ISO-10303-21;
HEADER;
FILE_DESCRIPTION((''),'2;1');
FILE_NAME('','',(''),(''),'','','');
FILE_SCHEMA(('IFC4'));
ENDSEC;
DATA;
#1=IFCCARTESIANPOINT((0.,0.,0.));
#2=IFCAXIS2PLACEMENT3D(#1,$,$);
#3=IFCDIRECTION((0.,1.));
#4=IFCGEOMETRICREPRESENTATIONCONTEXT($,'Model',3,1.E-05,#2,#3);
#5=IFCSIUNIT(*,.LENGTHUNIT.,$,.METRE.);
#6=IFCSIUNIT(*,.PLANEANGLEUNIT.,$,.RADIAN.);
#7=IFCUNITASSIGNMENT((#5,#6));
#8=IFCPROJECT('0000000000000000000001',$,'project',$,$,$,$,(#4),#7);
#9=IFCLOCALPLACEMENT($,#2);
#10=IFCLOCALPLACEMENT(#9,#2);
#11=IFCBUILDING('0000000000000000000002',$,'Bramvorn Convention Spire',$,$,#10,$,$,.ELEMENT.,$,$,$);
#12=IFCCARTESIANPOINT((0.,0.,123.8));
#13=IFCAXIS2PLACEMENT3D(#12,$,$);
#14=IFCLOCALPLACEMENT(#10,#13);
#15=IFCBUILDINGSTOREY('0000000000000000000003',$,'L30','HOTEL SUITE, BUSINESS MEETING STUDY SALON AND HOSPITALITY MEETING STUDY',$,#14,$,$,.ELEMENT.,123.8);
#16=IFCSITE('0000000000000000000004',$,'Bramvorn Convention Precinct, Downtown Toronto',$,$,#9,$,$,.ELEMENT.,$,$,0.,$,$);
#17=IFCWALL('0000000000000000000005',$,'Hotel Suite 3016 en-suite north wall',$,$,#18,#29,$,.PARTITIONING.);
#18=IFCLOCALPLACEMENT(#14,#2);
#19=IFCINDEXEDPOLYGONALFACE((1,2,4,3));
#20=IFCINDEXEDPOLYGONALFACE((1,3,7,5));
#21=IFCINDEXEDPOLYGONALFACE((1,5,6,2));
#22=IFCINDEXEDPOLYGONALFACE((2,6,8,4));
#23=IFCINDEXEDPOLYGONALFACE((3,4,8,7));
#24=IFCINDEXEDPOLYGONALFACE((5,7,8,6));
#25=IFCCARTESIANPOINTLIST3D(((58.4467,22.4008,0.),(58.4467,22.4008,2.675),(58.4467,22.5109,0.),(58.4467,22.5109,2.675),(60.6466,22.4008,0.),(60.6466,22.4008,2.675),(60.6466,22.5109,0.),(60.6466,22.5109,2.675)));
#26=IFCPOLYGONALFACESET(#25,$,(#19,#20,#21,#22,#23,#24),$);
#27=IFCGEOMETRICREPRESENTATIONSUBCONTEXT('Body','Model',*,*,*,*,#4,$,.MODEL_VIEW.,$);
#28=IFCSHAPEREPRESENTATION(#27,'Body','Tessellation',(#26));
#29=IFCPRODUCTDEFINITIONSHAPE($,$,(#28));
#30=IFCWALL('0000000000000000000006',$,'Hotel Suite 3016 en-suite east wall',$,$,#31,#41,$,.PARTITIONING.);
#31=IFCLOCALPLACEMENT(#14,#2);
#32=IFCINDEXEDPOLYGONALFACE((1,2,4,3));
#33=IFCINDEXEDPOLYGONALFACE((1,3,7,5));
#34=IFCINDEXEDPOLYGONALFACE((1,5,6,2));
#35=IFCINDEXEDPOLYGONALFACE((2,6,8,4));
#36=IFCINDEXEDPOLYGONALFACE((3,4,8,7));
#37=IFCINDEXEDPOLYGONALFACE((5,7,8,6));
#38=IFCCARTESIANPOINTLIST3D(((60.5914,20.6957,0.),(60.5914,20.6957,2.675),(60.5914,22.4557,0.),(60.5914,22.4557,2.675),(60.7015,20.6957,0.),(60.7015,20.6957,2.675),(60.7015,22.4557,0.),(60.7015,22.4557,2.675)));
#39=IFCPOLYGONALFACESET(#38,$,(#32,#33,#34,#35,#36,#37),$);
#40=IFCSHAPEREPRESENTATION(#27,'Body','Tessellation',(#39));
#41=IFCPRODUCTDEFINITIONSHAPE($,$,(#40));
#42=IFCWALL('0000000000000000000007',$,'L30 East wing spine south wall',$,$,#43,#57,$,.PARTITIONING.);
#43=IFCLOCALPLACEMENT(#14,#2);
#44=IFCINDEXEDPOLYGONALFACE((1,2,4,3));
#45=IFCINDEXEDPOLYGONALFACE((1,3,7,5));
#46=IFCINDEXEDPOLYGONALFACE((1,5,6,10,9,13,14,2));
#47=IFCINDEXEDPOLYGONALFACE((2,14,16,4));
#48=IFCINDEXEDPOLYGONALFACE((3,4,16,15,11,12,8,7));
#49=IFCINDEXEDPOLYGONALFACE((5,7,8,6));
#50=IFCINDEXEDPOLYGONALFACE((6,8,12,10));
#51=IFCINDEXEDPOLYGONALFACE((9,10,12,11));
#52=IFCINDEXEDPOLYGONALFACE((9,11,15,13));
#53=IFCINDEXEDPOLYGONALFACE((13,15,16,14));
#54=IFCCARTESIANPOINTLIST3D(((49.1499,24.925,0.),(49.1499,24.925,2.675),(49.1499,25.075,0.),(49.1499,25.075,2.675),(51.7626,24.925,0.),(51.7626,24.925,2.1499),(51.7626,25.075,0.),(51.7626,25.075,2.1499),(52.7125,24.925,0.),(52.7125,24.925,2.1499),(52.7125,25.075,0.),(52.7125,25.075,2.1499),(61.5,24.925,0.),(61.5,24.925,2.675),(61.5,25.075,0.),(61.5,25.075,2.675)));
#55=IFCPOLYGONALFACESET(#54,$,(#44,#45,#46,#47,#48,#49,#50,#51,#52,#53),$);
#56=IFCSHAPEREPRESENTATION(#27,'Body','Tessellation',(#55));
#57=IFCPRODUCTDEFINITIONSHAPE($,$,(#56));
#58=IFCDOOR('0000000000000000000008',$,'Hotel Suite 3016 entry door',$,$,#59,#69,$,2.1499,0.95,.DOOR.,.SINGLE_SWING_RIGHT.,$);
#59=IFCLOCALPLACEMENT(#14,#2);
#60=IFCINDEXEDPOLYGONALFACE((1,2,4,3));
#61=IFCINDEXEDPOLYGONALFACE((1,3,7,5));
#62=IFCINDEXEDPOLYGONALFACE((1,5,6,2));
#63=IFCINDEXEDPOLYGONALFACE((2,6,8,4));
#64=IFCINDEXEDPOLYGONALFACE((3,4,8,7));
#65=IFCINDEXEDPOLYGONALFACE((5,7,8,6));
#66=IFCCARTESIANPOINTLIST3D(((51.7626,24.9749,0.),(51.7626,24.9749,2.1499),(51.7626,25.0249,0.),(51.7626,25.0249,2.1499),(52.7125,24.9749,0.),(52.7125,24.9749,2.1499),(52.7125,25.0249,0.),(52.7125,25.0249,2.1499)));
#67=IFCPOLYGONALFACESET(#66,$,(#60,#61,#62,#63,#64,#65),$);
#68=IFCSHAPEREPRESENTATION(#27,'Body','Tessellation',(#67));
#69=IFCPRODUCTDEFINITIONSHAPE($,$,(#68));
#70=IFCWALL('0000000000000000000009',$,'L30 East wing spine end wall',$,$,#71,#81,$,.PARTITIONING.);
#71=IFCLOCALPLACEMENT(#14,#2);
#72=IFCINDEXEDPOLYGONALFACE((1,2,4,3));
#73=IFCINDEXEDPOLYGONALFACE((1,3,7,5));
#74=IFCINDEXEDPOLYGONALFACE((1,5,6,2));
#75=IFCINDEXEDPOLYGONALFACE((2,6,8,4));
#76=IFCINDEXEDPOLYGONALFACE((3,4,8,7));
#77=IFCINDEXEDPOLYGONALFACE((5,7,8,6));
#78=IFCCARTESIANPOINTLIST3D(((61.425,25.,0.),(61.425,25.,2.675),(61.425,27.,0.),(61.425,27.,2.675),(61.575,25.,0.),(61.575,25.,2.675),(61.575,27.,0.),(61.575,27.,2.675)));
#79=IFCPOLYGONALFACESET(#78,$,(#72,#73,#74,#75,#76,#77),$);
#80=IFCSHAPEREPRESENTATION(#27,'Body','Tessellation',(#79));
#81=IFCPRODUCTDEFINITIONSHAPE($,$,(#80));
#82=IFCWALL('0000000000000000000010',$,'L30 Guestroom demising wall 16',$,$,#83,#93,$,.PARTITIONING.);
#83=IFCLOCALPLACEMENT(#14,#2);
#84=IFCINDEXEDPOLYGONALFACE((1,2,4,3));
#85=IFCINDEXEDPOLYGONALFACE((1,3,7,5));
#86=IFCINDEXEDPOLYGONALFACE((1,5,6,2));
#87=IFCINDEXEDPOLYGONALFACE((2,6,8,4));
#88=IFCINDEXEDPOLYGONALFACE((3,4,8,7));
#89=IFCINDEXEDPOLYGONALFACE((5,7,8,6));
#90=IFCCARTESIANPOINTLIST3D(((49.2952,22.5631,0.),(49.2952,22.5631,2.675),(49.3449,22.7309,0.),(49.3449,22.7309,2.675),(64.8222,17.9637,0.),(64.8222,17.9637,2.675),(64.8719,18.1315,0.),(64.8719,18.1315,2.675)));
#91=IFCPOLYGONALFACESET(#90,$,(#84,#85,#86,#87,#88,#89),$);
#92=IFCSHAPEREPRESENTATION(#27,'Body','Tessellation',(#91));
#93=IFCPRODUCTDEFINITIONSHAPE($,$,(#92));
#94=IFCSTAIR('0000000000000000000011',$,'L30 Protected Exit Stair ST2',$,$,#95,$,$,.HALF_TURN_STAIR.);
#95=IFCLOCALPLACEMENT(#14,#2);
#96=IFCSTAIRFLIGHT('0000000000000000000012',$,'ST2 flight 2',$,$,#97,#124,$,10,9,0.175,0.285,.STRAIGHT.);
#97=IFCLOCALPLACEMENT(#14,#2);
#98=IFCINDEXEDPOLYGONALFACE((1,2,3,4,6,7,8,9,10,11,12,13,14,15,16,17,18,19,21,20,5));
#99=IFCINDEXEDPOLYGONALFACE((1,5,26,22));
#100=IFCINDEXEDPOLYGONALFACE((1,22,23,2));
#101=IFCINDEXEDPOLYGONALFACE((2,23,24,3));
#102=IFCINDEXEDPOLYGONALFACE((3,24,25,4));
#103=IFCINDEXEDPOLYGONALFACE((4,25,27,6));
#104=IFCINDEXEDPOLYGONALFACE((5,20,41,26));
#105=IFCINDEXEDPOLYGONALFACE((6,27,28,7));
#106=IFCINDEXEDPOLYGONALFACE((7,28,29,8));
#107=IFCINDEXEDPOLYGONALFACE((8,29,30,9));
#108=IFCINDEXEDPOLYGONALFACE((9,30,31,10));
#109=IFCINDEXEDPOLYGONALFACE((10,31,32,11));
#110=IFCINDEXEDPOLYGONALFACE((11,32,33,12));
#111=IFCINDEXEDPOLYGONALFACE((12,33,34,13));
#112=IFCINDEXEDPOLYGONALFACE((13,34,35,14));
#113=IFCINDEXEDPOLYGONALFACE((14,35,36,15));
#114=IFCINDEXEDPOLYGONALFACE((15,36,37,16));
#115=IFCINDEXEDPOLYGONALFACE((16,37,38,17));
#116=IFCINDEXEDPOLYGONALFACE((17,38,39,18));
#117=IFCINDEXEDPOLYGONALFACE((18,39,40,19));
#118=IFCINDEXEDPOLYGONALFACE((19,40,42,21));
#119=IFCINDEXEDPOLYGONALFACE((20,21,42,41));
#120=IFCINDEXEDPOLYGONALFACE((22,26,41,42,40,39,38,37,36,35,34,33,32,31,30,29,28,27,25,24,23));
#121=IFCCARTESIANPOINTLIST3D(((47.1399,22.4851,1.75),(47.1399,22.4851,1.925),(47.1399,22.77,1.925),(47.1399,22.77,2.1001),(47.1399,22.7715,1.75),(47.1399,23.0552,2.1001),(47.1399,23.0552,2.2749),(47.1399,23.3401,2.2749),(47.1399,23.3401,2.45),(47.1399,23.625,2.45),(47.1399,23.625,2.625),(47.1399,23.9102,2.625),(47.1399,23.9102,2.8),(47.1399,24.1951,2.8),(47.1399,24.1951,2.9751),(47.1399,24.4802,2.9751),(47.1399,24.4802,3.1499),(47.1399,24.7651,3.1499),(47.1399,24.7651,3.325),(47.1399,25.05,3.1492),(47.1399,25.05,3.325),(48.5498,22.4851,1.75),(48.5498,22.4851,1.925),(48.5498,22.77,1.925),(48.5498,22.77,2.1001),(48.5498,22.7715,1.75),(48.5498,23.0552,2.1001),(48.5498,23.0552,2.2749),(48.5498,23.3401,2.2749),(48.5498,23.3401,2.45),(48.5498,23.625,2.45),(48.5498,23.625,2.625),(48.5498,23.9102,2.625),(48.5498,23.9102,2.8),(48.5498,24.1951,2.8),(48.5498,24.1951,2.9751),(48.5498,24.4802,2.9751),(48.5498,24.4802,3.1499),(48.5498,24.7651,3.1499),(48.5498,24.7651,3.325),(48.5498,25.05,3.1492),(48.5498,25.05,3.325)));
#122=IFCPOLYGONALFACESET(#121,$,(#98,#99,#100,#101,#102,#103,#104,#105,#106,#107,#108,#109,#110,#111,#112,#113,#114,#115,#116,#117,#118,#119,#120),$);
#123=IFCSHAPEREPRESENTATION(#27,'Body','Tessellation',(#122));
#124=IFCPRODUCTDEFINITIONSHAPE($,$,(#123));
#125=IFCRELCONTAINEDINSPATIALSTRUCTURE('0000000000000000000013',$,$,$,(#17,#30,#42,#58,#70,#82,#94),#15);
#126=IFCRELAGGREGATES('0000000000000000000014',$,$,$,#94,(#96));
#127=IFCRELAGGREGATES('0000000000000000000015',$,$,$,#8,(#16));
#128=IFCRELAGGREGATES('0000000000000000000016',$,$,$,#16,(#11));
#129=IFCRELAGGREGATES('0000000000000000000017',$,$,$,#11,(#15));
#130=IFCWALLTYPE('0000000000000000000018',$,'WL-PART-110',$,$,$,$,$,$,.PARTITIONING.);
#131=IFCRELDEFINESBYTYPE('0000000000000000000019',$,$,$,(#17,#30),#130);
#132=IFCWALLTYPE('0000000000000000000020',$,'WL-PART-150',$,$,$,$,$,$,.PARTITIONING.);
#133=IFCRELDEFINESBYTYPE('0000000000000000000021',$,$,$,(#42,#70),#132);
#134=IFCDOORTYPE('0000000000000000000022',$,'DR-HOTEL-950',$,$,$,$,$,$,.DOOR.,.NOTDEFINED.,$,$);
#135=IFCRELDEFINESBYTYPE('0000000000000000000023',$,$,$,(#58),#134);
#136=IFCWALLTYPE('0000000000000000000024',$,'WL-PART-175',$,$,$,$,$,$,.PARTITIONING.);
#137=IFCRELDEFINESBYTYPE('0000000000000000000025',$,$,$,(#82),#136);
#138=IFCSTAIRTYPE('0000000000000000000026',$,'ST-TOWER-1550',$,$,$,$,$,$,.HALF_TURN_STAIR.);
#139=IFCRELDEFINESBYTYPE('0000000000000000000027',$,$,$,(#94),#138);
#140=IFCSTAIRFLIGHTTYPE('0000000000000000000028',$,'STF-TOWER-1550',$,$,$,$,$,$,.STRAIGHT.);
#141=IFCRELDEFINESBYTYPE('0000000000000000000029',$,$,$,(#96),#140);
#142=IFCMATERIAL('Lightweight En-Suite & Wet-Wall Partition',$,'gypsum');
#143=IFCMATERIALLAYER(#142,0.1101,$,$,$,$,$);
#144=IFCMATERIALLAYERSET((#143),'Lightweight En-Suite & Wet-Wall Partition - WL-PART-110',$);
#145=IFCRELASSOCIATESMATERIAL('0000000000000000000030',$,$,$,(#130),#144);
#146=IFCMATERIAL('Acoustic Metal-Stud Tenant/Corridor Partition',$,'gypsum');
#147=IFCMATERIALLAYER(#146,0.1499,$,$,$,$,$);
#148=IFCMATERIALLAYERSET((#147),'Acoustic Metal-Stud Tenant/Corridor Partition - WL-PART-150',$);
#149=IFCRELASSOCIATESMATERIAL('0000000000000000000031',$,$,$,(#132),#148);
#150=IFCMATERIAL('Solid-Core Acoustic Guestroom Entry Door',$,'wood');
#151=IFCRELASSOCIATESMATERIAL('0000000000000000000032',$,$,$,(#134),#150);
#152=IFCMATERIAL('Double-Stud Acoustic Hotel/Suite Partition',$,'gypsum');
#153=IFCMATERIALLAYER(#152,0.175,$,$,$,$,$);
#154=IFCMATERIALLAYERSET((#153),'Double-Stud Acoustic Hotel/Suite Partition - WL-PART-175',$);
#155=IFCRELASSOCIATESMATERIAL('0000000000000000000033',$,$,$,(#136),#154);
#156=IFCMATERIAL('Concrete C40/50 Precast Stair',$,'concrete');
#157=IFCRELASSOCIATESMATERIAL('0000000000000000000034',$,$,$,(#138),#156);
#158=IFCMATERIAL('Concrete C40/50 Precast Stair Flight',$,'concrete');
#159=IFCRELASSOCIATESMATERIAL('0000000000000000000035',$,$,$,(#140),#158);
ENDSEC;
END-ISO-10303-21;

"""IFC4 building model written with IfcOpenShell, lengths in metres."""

from ifc_helpers import new_model, si_unit, direction, frame, frame_2d, origin, place, context, subcontext, project, spatial, polyline, rectangle, outline, extrude, material, layer, layer_set, type_object, element, fill, aggregate, save


model = new_model("IFC4")

# Units and contexts
model_context = context("Model", 3, precision=1e-05, world=origin(), true_north=direction((0.0, 1.0)))
body_context = subcontext(model_context, "Body", "Model", "MODEL_VIEW")
ifc_project = project(units=[si_unit("LENGTHUNIT", "METRE"), si_unit("PLANEANGLEUNIT", "RADIAN")], contexts=[model_context])

# Site, building, storey
site_placement = place(None, origin())
site = spatial("IfcSite", under=ifc_project, at=site_placement, Name="Bramvorn Convention Precinct, Downtown Toronto", CompositionType="ELEMENT", RefElevation=0.0)
building_placement = place(site_placement, origin())
building = spatial("IfcBuilding", under=site, at=building_placement, Name="Bramvorn Convention Spire", CompositionType="ELEMENT")
storey_placement = place(building_placement, frame((0.0, 0.0, 123.8)))
storey = spatial("IfcBuildingStorey", under=building, at=storey_placement, Name="L30", Description="HOTEL SUITE, BUSINESS MEETING STUDY SALON AND HOSPITALITY MEETING STUDY", CompositionType="ELEMENT", Elevation=123.8)

# Walls
ifc_material_1 = material(Name="Lightweight En-Suite & Wet-Wall Partition", Category="gypsum")
ifc_layer_1 = layer(ifc_material_1, 0.1101)
ifc_layer_set_1 = layer_set([ifc_layer_1], Name="Lightweight En-Suite & Wet-Wall Partition - WL-PART-110")
wall_type_1 = type_object("IfcWallType", Name="WL-PART-110", PredefinedType="PARTITIONING", material=ifc_layer_set_1)
wall_1_placement = place(storey_placement, frame((58.4465, 22.4558, 0.0), z_axis=(0.0, 0.0, 1.0), x_axis=(1.0, 0.0, 0.0)))
element("IfcWall", 1, at=wall_1_placement, inside=storey, type_object=wall_type_1, Name="Hotel Suite 3016 en-suite north wall", PredefinedType="PARTITIONING", context=body_context, shape_type="SweptSolid", body=[
    extrude(rectangle(XDim=2.2, YDim=0.1101, at=frame_2d((1.1001, 0.0))), origin(), (0.0, 0.0, 1.0), 2.675),
])
wall_2_placement = place(storey_placement, frame((60.6465, 20.6958, 0.0), z_axis=(0.0, 0.0, 1.0), x_axis=(0.0, 1.0, 0.0)))
element("IfcWall", 2, at=wall_2_placement, inside=storey, type_object=wall_type_1, Name="Hotel Suite 3016 en-suite east wall", PredefinedType="PARTITIONING", context=body_context, shape_type="SweptSolid", body=[
    extrude(rectangle(XDim=1.76, YDim=0.1101, at=frame_2d((0.8799, 0.0))), origin(), (0.0, 0.0, 1.0), 2.675),
])

# Wall, opening, door
ifc_material_2 = material(Name="Acoustic Metal-Stud Tenant/Corridor Partition", Category="gypsum")
ifc_layer_2 = layer(ifc_material_2, 0.1499)
ifc_layer_set_2 = layer_set([ifc_layer_2], Name="Acoustic Metal-Stud Tenant/Corridor Partition - WL-PART-150")
wall_type_2 = type_object("IfcWallType", Name="WL-PART-150", PredefinedType="PARTITIONING", material=ifc_layer_set_2)
wall_3_placement = place(storey_placement, frame((49.1499, 25.0, 0.0), z_axis=(0.0, 0.0, 1.0), x_axis=(1.0, 0.0, 0.0)))
wall_3 = element("IfcWall", 3, at=wall_3_placement, inside=storey, type_object=wall_type_2, Name="L30 East wing spine south wall", PredefinedType="PARTITIONING", context=body_context, shape_type="SweptSolid", body=[
    extrude(rectangle(XDim=12.3501, YDim=0.1499, at=frame_2d((6.175, 0.0))), origin(), (0.0, 0.0, 1.0), 2.675),
])
opening_placement = place(wall_3_placement, frame((2.6125, 0.0, 0.0)))
opening = element("IfcOpeningElement", 4, at=opening_placement, cuts=wall_3, PredefinedType="OPENING", context=body_context, shape_type="SweptSolid", body=[
    extrude(rectangle(XDim=0.95, YDim=2.1499, at=frame_2d((0.4751, 1.075))), frame((0.0, 0.085, 0.0), z_axis=(0.0, -1.0, 0.0), x_axis=(1.0, 0.0, 0.0)), (0.0, 0.0, 1.0), 0.1699),
])
ifc_material_3 = material(Name="Solid-Core Acoustic Guestroom Entry Door", Category="wood")
door_type = type_object("IfcDoorType", Name="DR-HOTEL-950", OperationType="NOTDEFINED", PredefinedType="DOOR", material=ifc_material_3)
door_placement = place(opening_placement, origin())
door = element("IfcDoor", 5, at=door_placement, inside=storey, type_object=door_type, Name="Hotel Suite 3016 entry door", OperationType="SINGLE_SWING_RIGHT", OverallHeight=2.1499, OverallWidth=0.95, PredefinedType="DOOR", context=body_context, shape_type="SweptSolid", body=[
    extrude(rectangle(XDim=0.95, YDim=2.1499, at=frame_2d((0.4751, 1.075))), frame((0.0, 0.0249, 0.0), z_axis=(0.0, -1.0, 0.0), x_axis=(1.0, 0.0, 0.0)), (0.0, 0.0, 1.0), 0.05),
])
fill(opening, door)

# Walls
wall_4_placement = place(storey_placement, frame((61.5, 25.0, 0.0), z_axis=(0.0, 0.0, 1.0), x_axis=(0.0, 1.0, 0.0)))
element("IfcWall", 6, at=wall_4_placement, inside=storey, type_object=wall_type_2, Name="L30 East wing spine end wall", PredefinedType="PARTITIONING", context=body_context, shape_type="SweptSolid", body=[
    extrude(rectangle(XDim=2.0, YDim=0.1499, at=frame_2d((1.0, 0.0))), origin(), (0.0, 0.0, 1.0), 2.675),
])
ifc_material_4 = material(Name="Double-Stud Acoustic Hotel/Suite Partition", Category="gypsum")
ifc_layer_3 = layer(ifc_material_4, 0.175)
ifc_layer_set_3 = layer_set([ifc_layer_3], Name="Double-Stud Acoustic Hotel/Suite Partition - WL-PART-175")
wall_type_3 = type_object("IfcWallType", Name="WL-PART-175", PredefinedType="PARTITIONING", material=ifc_layer_set_3)
wall_5_placement = place(storey_placement, frame((49.3201, 22.647, 0.0), z_axis=(0.0, 0.0, 1.0), x_axis=(0.958818, -0.284021, 0.0)))
element("IfcWall", 7, at=wall_5_placement, inside=storey, type_object=wall_type_3, Name="L30 Guestroom demising wall 16", PredefinedType="PARTITIONING", context=body_context, shape_type="SweptSolid", body=[
    extrude(rectangle(XDim=16.1938, YDim=0.175, at=frame_2d((8.0969, 0.0))), origin(), (0.0, 0.0, 1.0), 2.675),
])

# Stair, stair flight
ifc_material_5 = material(Name="Concrete C40/50 Precast Stair", Category="concrete")
stair_type = type_object("IfcStairType", Name="ST-TOWER-1550", PredefinedType="HALF_TURN_STAIR", material=ifc_material_5)
stair_placement = place(storey_placement, origin())
stair = element("IfcStair", 8, at=stair_placement, inside=storey, type_object=stair_type, Name="L30 Protected Exit Stair ST2", PredefinedType="HALF_TURN_STAIR")
ifc_material_6 = material(Name="Concrete C40/50 Precast Stair Flight", Category="concrete")
stair_flight_type = type_object("IfcStairFlightType", Name="STF-TOWER-1550", PredefinedType="STRAIGHT", material=ifc_material_6)
stair_flight_placement = place(storey_placement, frame((47.845, 22.4851, 1.75), z_axis=(0.0, 0.0, 1.0), x_axis=(0.0, 1.0, 0.0)))
stair_flight = element("IfcStairFlight", 9, at=stair_flight_placement, type_object=stair_flight_type, Name="ST2 flight 2", NumberOfRisers=10, NumberOfTreads=9, PredefinedType="STRAIGHT", RiserHeight=0.175, TreadLength=0.285, context=body_context, shape_type="SweptSolid", body=[
    extrude(outline(polyline([(0.0, 0.0), (0.0, 0.175), (0.2849, 0.175), (0.2849, 0.3501), (0.5701, 0.3501), (0.5701, 0.5249), (0.855, 0.5249), (0.855, 0.7), (1.1399, 0.7), (1.1399, 0.875), (1.425, 0.875), (1.425, 1.05), (1.71, 1.05), (1.71, 1.2251), (1.9951, 1.2251), (1.9951, 1.3999), (2.28, 1.3999), (2.28, 1.575), (2.5649, 1.575), (2.5649, 1.75), (2.5649, 1.3992), (0.2864, 0.0), (0.0, 0.0)])), frame((0.0, 0.7051, 0.0), z_axis=(0.0, -1.0, 0.0), x_axis=(1.0, 0.0, 0.0)), (0.0, 0.0, 1.0), 1.4099),
])
aggregate(stair, [stair_flight])

save(model, "model.ifc")
